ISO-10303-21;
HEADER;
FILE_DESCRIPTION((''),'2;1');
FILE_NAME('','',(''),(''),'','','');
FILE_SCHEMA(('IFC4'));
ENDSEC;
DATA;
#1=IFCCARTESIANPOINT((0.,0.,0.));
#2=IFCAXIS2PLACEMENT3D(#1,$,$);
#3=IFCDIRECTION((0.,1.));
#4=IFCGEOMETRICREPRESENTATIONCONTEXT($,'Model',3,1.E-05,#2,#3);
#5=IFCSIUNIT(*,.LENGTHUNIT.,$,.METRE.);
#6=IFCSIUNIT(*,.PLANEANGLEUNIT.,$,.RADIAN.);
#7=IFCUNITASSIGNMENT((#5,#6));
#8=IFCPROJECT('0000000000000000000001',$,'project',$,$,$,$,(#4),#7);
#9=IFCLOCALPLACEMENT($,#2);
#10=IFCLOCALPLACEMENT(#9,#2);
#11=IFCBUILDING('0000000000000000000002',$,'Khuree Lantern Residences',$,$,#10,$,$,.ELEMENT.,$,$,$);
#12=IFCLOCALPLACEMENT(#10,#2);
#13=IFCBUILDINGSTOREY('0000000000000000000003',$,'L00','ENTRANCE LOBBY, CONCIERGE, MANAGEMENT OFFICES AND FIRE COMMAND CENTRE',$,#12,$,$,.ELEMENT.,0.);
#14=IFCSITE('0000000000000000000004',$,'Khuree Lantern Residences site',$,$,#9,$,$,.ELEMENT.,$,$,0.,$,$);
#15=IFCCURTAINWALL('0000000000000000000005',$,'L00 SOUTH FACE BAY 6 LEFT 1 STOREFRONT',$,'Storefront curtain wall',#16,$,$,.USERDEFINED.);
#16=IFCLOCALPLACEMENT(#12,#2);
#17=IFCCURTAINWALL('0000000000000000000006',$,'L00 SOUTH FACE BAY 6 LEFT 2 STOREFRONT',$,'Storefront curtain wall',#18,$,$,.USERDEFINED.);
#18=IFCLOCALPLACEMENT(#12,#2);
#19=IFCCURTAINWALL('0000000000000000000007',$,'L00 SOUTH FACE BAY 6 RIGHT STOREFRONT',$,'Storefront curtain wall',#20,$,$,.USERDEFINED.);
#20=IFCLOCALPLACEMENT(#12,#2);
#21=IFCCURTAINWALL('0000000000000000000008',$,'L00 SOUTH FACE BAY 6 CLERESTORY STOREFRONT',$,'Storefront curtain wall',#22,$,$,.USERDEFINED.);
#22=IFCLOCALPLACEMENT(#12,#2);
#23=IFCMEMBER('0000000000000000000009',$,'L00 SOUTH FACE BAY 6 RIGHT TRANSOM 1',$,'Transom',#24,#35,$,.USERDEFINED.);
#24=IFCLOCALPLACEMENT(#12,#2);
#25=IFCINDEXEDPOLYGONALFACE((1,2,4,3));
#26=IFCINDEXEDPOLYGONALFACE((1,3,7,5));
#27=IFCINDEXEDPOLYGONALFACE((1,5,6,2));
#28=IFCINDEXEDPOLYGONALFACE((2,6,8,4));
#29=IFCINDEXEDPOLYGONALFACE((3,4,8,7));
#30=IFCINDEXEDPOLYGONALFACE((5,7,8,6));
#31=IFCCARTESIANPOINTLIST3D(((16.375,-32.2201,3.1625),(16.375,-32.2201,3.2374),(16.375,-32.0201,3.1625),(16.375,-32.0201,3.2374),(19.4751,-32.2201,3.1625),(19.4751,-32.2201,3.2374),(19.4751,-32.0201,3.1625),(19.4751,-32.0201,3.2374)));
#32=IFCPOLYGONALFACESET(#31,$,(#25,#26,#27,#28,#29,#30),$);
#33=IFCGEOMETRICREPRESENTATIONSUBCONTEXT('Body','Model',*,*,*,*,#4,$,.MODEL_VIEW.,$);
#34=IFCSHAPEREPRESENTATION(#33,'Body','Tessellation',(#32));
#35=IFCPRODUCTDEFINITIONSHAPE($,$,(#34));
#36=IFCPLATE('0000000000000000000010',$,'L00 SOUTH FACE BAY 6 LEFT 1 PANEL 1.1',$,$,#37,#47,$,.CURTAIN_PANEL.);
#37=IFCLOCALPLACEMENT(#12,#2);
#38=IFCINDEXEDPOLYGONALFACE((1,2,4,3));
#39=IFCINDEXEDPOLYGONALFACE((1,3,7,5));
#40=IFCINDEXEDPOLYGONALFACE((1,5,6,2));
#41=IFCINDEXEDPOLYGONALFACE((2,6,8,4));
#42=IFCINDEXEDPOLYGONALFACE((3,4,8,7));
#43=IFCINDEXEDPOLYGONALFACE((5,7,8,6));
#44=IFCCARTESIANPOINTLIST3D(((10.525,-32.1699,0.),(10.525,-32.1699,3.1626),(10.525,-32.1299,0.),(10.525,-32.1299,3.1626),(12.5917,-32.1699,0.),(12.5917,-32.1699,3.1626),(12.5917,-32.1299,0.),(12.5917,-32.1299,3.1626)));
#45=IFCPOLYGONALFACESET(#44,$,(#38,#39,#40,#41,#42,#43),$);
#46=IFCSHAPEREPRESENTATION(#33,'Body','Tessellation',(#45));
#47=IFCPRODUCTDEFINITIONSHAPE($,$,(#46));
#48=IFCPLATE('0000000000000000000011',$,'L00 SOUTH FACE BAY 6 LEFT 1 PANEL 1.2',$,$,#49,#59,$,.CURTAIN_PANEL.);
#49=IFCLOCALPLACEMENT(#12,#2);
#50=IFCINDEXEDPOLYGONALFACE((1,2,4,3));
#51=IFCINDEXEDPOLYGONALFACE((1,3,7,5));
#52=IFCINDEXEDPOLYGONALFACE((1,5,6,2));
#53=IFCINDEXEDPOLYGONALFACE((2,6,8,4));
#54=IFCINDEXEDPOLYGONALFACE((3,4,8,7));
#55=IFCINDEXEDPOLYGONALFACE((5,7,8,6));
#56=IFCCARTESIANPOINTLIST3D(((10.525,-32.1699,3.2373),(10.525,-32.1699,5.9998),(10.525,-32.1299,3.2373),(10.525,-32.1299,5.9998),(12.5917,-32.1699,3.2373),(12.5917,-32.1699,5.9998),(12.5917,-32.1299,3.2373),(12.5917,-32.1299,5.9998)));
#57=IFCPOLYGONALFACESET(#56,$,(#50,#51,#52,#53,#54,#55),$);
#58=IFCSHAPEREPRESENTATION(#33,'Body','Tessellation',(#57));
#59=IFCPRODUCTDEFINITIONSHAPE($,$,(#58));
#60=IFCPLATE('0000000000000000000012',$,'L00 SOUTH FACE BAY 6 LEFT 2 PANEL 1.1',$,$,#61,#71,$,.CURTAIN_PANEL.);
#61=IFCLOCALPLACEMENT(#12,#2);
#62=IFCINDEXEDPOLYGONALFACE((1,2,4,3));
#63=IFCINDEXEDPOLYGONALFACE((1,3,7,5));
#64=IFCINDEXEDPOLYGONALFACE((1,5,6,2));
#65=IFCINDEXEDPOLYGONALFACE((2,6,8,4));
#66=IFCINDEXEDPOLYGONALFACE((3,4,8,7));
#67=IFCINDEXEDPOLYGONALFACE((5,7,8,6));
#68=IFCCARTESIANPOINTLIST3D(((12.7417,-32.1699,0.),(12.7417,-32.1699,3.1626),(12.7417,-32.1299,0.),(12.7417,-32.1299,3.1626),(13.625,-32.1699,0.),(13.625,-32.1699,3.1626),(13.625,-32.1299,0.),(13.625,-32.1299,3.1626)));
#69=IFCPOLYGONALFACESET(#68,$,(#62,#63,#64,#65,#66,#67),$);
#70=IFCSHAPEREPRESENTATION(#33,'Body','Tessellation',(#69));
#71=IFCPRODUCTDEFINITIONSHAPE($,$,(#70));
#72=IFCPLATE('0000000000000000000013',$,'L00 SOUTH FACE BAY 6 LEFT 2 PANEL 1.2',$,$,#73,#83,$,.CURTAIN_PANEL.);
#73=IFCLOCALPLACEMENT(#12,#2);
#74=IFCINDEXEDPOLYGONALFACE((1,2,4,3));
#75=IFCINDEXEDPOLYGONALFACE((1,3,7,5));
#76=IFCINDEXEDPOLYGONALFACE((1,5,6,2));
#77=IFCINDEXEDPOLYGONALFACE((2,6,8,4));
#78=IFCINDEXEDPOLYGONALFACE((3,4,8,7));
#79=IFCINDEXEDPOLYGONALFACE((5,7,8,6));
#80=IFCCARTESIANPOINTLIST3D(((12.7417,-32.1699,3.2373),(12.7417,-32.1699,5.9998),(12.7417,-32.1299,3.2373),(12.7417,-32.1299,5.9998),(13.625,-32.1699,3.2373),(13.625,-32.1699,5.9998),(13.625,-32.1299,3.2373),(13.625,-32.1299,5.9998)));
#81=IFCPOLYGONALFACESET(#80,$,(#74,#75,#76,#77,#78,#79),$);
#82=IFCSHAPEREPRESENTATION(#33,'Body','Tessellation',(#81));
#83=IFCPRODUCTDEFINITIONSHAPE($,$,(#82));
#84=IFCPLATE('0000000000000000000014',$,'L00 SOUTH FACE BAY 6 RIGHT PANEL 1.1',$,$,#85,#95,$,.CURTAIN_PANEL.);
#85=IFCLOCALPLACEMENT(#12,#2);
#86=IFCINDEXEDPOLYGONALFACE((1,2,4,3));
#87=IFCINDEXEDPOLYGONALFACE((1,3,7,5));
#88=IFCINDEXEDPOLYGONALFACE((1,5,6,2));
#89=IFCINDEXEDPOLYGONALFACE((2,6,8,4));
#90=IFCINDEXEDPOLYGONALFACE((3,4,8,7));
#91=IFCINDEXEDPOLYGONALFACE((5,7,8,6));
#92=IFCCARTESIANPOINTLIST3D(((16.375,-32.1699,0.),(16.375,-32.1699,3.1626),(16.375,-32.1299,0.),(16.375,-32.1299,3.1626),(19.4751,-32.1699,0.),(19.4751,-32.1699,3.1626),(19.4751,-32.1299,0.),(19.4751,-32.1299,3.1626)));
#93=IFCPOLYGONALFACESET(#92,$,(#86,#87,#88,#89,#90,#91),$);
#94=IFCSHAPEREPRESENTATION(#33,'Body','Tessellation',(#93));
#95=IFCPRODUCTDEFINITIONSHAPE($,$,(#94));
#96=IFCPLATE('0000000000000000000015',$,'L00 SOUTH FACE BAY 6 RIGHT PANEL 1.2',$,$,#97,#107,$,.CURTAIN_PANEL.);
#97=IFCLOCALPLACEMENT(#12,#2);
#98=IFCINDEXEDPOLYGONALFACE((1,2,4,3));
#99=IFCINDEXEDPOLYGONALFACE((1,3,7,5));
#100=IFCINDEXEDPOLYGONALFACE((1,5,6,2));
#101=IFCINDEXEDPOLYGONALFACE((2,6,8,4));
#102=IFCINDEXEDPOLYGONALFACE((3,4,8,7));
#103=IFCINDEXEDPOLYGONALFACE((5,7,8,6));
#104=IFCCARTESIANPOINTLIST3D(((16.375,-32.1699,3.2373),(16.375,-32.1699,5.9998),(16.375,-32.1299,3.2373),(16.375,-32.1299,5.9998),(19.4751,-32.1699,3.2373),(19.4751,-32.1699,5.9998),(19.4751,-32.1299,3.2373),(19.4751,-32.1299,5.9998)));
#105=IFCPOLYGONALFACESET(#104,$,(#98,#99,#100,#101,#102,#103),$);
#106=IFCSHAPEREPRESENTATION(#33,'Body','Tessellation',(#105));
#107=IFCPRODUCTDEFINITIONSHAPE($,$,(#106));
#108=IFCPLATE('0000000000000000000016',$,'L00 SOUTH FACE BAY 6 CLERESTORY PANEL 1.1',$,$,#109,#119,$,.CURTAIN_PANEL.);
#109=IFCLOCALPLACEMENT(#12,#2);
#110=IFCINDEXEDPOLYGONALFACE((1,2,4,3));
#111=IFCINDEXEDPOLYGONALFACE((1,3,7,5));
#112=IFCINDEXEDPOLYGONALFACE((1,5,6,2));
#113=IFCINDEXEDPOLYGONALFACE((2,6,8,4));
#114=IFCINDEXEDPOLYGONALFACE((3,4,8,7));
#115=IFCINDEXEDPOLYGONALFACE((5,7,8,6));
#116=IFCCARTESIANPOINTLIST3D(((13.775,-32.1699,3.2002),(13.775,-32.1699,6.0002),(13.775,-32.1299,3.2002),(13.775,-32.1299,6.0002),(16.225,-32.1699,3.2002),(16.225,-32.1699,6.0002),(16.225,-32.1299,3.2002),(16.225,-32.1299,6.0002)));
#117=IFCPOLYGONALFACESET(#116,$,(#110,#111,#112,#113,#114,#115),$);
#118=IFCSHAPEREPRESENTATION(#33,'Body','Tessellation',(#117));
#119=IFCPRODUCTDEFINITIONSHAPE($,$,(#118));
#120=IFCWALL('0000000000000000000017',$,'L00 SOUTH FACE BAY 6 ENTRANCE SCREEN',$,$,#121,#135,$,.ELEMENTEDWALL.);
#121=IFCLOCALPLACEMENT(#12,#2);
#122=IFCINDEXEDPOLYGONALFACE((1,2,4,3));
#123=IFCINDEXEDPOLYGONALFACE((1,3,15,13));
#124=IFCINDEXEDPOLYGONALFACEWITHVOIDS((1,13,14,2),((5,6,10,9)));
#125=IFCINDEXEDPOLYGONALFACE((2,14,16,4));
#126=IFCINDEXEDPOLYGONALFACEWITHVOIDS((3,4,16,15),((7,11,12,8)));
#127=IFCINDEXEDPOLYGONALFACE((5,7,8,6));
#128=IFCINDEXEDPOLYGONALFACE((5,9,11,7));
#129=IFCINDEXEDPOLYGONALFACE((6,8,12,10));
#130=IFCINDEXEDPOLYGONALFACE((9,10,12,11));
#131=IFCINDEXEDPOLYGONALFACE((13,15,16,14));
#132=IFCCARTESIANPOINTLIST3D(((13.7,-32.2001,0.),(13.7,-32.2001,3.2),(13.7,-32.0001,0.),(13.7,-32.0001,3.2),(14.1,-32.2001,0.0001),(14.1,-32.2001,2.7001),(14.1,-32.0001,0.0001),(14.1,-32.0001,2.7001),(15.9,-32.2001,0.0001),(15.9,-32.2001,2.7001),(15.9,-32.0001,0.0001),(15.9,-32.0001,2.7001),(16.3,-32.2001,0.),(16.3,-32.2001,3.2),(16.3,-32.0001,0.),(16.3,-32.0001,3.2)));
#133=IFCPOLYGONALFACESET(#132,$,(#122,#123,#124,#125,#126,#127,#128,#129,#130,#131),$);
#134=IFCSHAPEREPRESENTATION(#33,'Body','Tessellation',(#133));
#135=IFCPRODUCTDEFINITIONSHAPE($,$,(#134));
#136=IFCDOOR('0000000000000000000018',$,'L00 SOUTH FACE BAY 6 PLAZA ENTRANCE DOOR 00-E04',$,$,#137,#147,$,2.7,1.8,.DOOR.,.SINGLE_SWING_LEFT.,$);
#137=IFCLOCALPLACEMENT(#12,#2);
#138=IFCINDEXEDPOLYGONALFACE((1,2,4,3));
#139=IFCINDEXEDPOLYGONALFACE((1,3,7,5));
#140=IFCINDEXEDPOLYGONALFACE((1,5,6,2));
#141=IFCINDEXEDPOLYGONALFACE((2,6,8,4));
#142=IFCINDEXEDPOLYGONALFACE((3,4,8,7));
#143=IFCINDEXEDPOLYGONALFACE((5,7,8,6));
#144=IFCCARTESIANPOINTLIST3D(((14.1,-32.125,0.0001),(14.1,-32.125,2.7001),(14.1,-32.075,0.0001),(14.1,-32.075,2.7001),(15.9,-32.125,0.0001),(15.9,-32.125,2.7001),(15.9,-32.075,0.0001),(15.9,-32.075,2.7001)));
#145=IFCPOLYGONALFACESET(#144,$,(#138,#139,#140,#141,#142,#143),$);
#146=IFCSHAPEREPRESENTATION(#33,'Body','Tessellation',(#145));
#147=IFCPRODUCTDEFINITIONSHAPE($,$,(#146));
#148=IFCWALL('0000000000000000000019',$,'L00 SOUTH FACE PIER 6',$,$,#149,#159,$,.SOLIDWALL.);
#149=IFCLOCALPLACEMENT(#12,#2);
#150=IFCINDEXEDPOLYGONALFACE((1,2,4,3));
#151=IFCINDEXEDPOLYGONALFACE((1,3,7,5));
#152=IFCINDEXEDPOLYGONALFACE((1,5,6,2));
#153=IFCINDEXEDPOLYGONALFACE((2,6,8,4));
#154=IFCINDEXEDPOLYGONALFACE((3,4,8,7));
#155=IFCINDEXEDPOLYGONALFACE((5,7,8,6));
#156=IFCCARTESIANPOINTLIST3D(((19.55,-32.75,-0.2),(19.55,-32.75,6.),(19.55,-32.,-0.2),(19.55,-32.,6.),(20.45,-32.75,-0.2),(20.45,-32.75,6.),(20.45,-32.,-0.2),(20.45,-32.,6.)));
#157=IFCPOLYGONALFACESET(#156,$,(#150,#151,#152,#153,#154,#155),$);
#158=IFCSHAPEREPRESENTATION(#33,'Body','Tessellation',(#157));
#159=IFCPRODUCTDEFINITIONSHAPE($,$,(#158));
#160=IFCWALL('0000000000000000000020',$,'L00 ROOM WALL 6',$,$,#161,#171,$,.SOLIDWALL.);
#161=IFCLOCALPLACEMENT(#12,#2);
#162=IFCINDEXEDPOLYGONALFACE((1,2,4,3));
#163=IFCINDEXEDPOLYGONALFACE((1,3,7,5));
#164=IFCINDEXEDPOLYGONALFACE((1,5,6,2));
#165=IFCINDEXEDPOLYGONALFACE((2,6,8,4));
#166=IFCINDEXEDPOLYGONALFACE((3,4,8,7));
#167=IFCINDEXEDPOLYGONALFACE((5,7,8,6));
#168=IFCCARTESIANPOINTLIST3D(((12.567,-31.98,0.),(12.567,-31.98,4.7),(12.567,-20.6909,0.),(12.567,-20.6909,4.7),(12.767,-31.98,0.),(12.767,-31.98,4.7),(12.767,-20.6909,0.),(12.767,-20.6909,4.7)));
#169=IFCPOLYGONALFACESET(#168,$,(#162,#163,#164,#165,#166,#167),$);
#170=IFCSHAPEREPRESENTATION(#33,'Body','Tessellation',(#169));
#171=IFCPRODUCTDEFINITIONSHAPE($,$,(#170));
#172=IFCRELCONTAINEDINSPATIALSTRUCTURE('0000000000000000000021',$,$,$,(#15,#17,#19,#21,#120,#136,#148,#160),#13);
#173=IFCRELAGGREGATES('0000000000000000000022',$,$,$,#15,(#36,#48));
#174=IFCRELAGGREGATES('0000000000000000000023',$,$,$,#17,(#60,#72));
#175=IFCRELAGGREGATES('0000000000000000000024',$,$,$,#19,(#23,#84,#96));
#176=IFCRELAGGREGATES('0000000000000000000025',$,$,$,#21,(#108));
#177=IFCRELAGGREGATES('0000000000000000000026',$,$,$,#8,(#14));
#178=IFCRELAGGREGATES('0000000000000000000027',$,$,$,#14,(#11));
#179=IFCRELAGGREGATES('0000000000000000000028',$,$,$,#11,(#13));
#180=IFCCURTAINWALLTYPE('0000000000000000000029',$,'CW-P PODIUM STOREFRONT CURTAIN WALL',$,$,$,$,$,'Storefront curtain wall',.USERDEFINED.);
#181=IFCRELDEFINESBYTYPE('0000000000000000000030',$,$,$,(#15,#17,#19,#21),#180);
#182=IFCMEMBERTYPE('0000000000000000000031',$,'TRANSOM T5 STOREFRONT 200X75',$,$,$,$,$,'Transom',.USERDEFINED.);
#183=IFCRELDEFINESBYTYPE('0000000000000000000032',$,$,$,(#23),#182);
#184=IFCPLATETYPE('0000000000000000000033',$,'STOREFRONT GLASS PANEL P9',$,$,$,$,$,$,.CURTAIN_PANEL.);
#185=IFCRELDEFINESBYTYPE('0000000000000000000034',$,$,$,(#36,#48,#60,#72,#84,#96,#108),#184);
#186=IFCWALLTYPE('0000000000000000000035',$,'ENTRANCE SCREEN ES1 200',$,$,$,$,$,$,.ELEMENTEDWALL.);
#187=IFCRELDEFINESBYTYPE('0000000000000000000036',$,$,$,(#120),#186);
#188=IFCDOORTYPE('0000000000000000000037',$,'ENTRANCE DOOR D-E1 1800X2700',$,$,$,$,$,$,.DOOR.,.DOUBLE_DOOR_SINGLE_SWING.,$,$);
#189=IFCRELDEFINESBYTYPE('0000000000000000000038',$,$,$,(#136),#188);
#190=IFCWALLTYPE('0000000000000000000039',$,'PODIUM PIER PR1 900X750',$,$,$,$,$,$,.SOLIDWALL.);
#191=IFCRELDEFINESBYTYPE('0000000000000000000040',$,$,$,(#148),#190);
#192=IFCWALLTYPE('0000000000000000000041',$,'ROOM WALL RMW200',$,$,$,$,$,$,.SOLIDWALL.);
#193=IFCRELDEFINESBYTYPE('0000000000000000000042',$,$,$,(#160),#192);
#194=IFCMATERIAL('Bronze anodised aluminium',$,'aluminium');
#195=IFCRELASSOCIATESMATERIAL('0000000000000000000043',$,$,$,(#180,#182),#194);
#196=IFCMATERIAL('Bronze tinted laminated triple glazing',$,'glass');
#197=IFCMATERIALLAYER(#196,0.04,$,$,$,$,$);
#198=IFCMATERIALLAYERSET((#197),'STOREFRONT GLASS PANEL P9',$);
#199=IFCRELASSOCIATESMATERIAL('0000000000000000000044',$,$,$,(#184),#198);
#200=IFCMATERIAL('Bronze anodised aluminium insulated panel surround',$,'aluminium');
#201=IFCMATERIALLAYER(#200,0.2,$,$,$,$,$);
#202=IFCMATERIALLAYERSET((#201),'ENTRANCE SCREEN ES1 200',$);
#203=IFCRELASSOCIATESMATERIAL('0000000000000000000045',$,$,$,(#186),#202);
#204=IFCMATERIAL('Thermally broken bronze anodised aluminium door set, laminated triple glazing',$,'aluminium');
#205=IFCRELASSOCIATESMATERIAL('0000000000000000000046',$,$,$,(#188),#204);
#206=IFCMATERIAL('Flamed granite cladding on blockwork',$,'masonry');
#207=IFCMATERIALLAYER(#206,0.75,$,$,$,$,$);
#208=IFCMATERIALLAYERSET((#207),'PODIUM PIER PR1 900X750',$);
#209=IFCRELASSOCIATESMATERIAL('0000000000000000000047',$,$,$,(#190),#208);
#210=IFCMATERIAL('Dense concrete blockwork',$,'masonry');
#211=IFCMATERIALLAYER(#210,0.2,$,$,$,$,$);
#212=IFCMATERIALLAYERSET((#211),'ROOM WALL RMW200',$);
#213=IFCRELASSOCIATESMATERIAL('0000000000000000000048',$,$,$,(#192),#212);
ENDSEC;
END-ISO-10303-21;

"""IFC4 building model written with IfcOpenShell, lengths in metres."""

from ifc_helpers import new_model, si_unit, direction, frame, frame_2d, origin, origin_2d, place, context, subcontext, project, spatial, rectangle, extrude, material, layer, layer_set, material_profile, profile_set, type_object, element, fill, aggregate, save


model = new_model("IFC4")

# Units and contexts
model_context = context("Model", 3, precision=1e-05, world=origin(), true_north=direction((0.0, 1.0)))
body_context = subcontext(model_context, "Body", "Model", "MODEL_VIEW")
ifc_project = project(units=[si_unit("LENGTHUNIT", "METRE"), si_unit("PLANEANGLEUNIT", "RADIAN")], contexts=[model_context])

# Site, building, storey
site_placement = place(None, origin())
site = spatial("IfcSite", under=ifc_project, at=site_placement, Name="Khuree Lantern Residences site", CompositionType="ELEMENT", RefElevation=0.0)
building_placement = place(site_placement, origin())
building = spatial("IfcBuilding", under=site, at=building_placement, Name="Khuree Lantern Residences", CompositionType="ELEMENT")
storey_placement = place(building_placement, origin())
storey = spatial("IfcBuildingStorey", under=building, at=storey_placement, Name="L00", Description="ENTRANCE LOBBY, CONCIERGE, MANAGEMENT OFFICES AND FIRE COMMAND CENTRE", CompositionType="ELEMENT", Elevation=0.0)

# Curtain wall
ifc_material_1 = material(Name="Bronze anodised aluminium", Category="aluminium")
curtain_wall_type = type_object("IfcCurtainWallType", Name="CW-P PODIUM STOREFRONT CURTAIN WALL", ElementType="Storefront curtain wall", PredefinedType="USERDEFINED", material=ifc_material_1)
curtain_wall_1_placement = place(storey_placement, origin())
curtain_wall_1 = element("IfcCurtainWall", 1, at=curtain_wall_1_placement, inside=storey, type_object=curtain_wall_type, Name="L00 SOUTH FACE BAY 6 LEFT 1 STOREFRONT", ObjectType="Storefront curtain wall", PredefinedType="USERDEFINED")

# Curtain walls
curtain_wall_2_placement = place(storey_placement, origin())
curtain_wall_2 = element("IfcCurtainWall", 2, at=curtain_wall_2_placement, inside=storey, type_object=curtain_wall_type, Name="L00 SOUTH FACE BAY 6 LEFT 2 STOREFRONT", ObjectType="Storefront curtain wall", PredefinedType="USERDEFINED")
curtain_wall_3_placement = place(storey_placement, origin())
curtain_wall_3 = element("IfcCurtainWall", 3, at=curtain_wall_3_placement, inside=storey, type_object=curtain_wall_type, Name="L00 SOUTH FACE BAY 6 RIGHT STOREFRONT", ObjectType="Storefront curtain wall", PredefinedType="USERDEFINED")
curtain_wall_4_placement = place(storey_placement, origin())
curtain_wall_4 = element("IfcCurtainWall", 4, at=curtain_wall_4_placement, inside=storey, type_object=curtain_wall_type, Name="L00 SOUTH FACE BAY 6 CLERESTORY STOREFRONT", ObjectType="Storefront curtain wall", PredefinedType="USERDEFINED")

# Member
ifc_material_profile_1 = material_profile(ifc_material_1, rectangle(XDim=0.2, YDim=0.075, at=origin_2d()), Name="T5 200X75")
ifc_profile_set_1 = profile_set([ifc_material_profile_1], Name="Bronze anodised aluminium")
member_type_1 = type_object("IfcMemberType", Name="TRANSOM T5 STOREFRONT 200X75", ElementType="Transom", PredefinedType="USERDEFINED", material=ifc_profile_set_1)
member_1_placement = place(storey_placement, frame((16.375, -32.1201, 3.2), z_axis=(1.0, 0.0, 0.0), x_axis=(0.0, 1.0, 0.0)))
member_1 = element("IfcMember", 5, at=member_1_placement, type_object=member_type_1, Name="L00 SOUTH FACE BAY 6 RIGHT TRANSOM 1", ObjectType="Transom", PredefinedType="USERDEFINED", context=body_context, shape_type="SweptSolid", body=[
    extrude(rectangle(XDim=0.2, YDim=0.075, at=origin_2d()), origin(), (0.0, 0.0, 1.0), 3.1001),
])

# Plates
ifc_material_2 = material(Name="Bronze tinted laminated triple glazing", Category="glass")
ifc_layer_1 = layer(ifc_material_2, 0.04)
ifc_layer_set_1 = layer_set([ifc_layer_1], Name="STOREFRONT GLASS PANEL P9")
plate_type = type_object("IfcPlateType", Name="STOREFRONT GLASS PANEL P9", PredefinedType="CURTAIN_PANEL", material=ifc_layer_set_1)
plate_1_placement = place(storey_placement, frame((11.5583, -32.1499, 0.0), z_axis=(0.0, 0.0, 1.0), x_axis=(1.0, 0.0, 0.0)))
plate_1 = element("IfcPlate", 6, at=plate_1_placement, type_object=plate_type, Name="L00 SOUTH FACE BAY 6 LEFT 1 PANEL 1.1", PredefinedType="CURTAIN_PANEL", context=body_context, shape_type="SweptSolid", body=[
    extrude(rectangle(XDim=2.0667, YDim=0.04, at=origin_2d()), origin(), (0.0, 0.0, 1.0), 3.1626),
])
plate_2_placement = place(storey_placement, frame((11.5583, -32.1499, 3.2373), z_axis=(0.0, 0.0, 1.0), x_axis=(1.0, 0.0, 0.0)))
plate_2 = element("IfcPlate", 7, at=plate_2_placement, type_object=plate_type, Name="L00 SOUTH FACE BAY 6 LEFT 1 PANEL 1.2", PredefinedType="CURTAIN_PANEL", context=body_context, shape_type="SweptSolid", body=[
    extrude(rectangle(XDim=2.0667, YDim=0.04, at=origin_2d()), origin(), (0.0, 0.0, 1.0), 2.7625),
])
aggregate(curtain_wall_1, [plate_1, plate_2])
plate_3_placement = place(storey_placement, frame((13.1833, -32.1499, 0.0), z_axis=(0.0, 0.0, 1.0), x_axis=(1.0, 0.0, 0.0)))
plate_3 = element("IfcPlate", 8, at=plate_3_placement, type_object=plate_type, Name="L00 SOUTH FACE BAY 6 LEFT 2 PANEL 1.1", PredefinedType="CURTAIN_PANEL", context=body_context, shape_type="SweptSolid", body=[
    extrude(rectangle(XDim=0.8833, YDim=0.04, at=origin_2d()), origin(), (0.0, 0.0, 1.0), 3.1626),
])
plate_4_placement = place(storey_placement, frame((13.1833, -32.1499, 3.2373), z_axis=(0.0, 0.0, 1.0), x_axis=(1.0, 0.0, 0.0)))
plate_4 = element("IfcPlate", 9, at=plate_4_placement, type_object=plate_type, Name="L00 SOUTH FACE BAY 6 LEFT 2 PANEL 1.2", PredefinedType="CURTAIN_PANEL", context=body_context, shape_type="SweptSolid", body=[
    extrude(rectangle(XDim=0.8833, YDim=0.04, at=origin_2d()), origin(), (0.0, 0.0, 1.0), 2.7625),
])
aggregate(curtain_wall_2, [plate_3, plate_4])
plate_5_placement = place(storey_placement, frame((17.925, -32.1499, 0.0), z_axis=(0.0, 0.0, 1.0), x_axis=(1.0, 0.0, 0.0)))
plate_5 = element("IfcPlate", 10, at=plate_5_placement, type_object=plate_type, Name="L00 SOUTH FACE BAY 6 RIGHT PANEL 1.1", PredefinedType="CURTAIN_PANEL", context=body_context, shape_type="SweptSolid", body=[
    extrude(rectangle(XDim=3.1001, YDim=0.04, at=origin_2d()), origin(), (0.0, 0.0, 1.0), 3.1626),
])
plate_6_placement = place(storey_placement, frame((17.925, -32.1499, 3.2373), z_axis=(0.0, 0.0, 1.0), x_axis=(1.0, 0.0, 0.0)))
plate_6 = element("IfcPlate", 11, at=plate_6_placement, type_object=plate_type, Name="L00 SOUTH FACE BAY 6 RIGHT PANEL 1.2", PredefinedType="CURTAIN_PANEL", context=body_context, shape_type="SweptSolid", body=[
    extrude(rectangle(XDim=3.1001, YDim=0.04, at=origin_2d()), origin(), (0.0, 0.0, 1.0), 2.7625),
])
aggregate(curtain_wall_3, [member_1, plate_5, plate_6])
plate_7_placement = place(storey_placement, frame((15.0, -32.1499, 3.2002), z_axis=(0.0, 0.0, 1.0), x_axis=(1.0, 0.0, 0.0)))
plate_7 = element("IfcPlate", 12, at=plate_7_placement, type_object=plate_type, Name="L00 SOUTH FACE BAY 6 CLERESTORY PANEL 1.1", PredefinedType="CURTAIN_PANEL", context=body_context, shape_type="SweptSolid", body=[
    extrude(rectangle(XDim=2.45, YDim=0.04, at=origin_2d()), origin(), (0.0, 0.0, 1.0), 2.8),
])
aggregate(curtain_wall_4, [plate_7])

# Wall, opening, door
ifc_material_3 = material(Name="Bronze anodised aluminium insulated panel surround", Category="aluminium")
ifc_layer_2 = layer(ifc_material_3, 0.2)
ifc_layer_set_2 = layer_set([ifc_layer_2], Name="ENTRANCE SCREEN ES1 200")
wall_type_1 = type_object("IfcWallType", Name="ENTRANCE SCREEN ES1 200", PredefinedType="ELEMENTEDWALL", material=ifc_layer_set_2)
wall_1_placement = place(storey_placement, frame((13.7, -32.1001, 0.0), z_axis=(0.0, 0.0, 1.0), x_axis=(1.0, 0.0, 0.0)))
wall_1 = element("IfcWall", 13, at=wall_1_placement, inside=storey, type_object=wall_type_1, Name="L00 SOUTH FACE BAY 6 ENTRANCE SCREEN", PredefinedType="ELEMENTEDWALL", context=body_context, shape_type="SweptSolid", body=[
    extrude(rectangle(XDim=2.6001, YDim=0.2, at=frame_2d((1.3, 0.0))), origin(), (0.0, 0.0, 1.0), 3.2),
])
opening_placement = place(wall_1_placement, frame((2.2, 0.0, 0.0), z_axis=(0.0, 0.0, 1.0), x_axis=(-1.0, 0.0, 0.0)))
opening = element("IfcOpeningElement", 14, at=opening_placement, cuts=wall_1, PredefinedType="OPENING", context=body_context, shape_type="SweptSolid", body=[
    extrude(rectangle(XDim=1.8, YDim=2.7, at=frame_2d((0.8999, 1.3501))), frame((0.0, 0.1099, 0.0), z_axis=(0.0, -1.0, 0.0), x_axis=(1.0, 0.0, 0.0)), (0.0, 0.0, 1.0), 0.22),
])
ifc_material_4 = material(Name="Thermally broken bronze anodised aluminium door set, laminated triple glazing", Category="aluminium")
door_type = type_object("IfcDoorType", Name="ENTRANCE DOOR D-E1 1800X2700", OperationType="DOUBLE_DOOR_SINGLE_SWING", PredefinedType="DOOR", material=ifc_material_4)
door_placement = place(opening_placement, origin())
door = element("IfcDoor", 15, at=door_placement, inside=storey, type_object=door_type, Name="L00 SOUTH FACE BAY 6 PLAZA ENTRANCE DOOR 00-E04", OperationType="SINGLE_SWING_LEFT", OverallHeight=2.7, OverallWidth=1.8, PredefinedType="DOOR", context=body_context, shape_type="SweptSolid", body=[
    extrude(rectangle(XDim=1.8, YDim=2.7, at=frame_2d((0.8999, 1.3501))), frame((0.0, 0.0249, 0.0), z_axis=(0.0, -1.0, 0.0), x_axis=(1.0, 0.0, 0.0)), (0.0, 0.0, 1.0), 0.05),
])
fill(opening, door)

# Walls
ifc_material_5 = material(Name="Flamed granite cladding on blockwork", Category="masonry")
ifc_layer_3 = layer(ifc_material_5, 0.75)
ifc_layer_set_3 = layer_set([ifc_layer_3], Name="PODIUM PIER PR1 900X750")
wall_type_2 = type_object("IfcWallType", Name="PODIUM PIER PR1 900X750", PredefinedType="SOLIDWALL", material=ifc_layer_set_3)
wall_2_placement = place(storey_placement, frame((19.55, -32.375, -0.2), z_axis=(0.0, 0.0, 1.0), x_axis=(1.0, 0.0, 0.0)))
element("IfcWall", 16, at=wall_2_placement, inside=storey, type_object=wall_type_2, Name="L00 SOUTH FACE PIER 6", PredefinedType="SOLIDWALL", context=body_context, shape_type="SweptSolid", body=[
    extrude(rectangle(XDim=0.8999, YDim=0.75, at=frame_2d((0.45, 0.0))), origin(), (0.0, 0.0, 1.0), 6.2),
])
ifc_material_6 = material(Name="Dense concrete blockwork", Category="masonry")
ifc_layer_4 = layer(ifc_material_6, 0.2)
ifc_layer_set_4 = layer_set([ifc_layer_4], Name="ROOM WALL RMW200")
wall_type_3 = type_object("IfcWallType", Name="ROOM WALL RMW200", PredefinedType="SOLIDWALL", material=ifc_layer_set_4)
wall_3_placement = place(storey_placement, frame((12.667, -31.98, 0.0), z_axis=(0.0, 0.0, 1.0), x_axis=(0.0, 1.0, 0.0)))
element("IfcWall", 17, at=wall_3_placement, inside=storey, type_object=wall_type_3, Name="L00 ROOM WALL 6", PredefinedType="SOLIDWALL", context=body_context, shape_type="SweptSolid", body=[
    extrude(rectangle(XDim=11.2891, YDim=0.2, at=frame_2d((5.6445, 0.0))), origin(), (0.0, 0.0, 1.0), 4.7),
])

save(model, "model.ifc")
